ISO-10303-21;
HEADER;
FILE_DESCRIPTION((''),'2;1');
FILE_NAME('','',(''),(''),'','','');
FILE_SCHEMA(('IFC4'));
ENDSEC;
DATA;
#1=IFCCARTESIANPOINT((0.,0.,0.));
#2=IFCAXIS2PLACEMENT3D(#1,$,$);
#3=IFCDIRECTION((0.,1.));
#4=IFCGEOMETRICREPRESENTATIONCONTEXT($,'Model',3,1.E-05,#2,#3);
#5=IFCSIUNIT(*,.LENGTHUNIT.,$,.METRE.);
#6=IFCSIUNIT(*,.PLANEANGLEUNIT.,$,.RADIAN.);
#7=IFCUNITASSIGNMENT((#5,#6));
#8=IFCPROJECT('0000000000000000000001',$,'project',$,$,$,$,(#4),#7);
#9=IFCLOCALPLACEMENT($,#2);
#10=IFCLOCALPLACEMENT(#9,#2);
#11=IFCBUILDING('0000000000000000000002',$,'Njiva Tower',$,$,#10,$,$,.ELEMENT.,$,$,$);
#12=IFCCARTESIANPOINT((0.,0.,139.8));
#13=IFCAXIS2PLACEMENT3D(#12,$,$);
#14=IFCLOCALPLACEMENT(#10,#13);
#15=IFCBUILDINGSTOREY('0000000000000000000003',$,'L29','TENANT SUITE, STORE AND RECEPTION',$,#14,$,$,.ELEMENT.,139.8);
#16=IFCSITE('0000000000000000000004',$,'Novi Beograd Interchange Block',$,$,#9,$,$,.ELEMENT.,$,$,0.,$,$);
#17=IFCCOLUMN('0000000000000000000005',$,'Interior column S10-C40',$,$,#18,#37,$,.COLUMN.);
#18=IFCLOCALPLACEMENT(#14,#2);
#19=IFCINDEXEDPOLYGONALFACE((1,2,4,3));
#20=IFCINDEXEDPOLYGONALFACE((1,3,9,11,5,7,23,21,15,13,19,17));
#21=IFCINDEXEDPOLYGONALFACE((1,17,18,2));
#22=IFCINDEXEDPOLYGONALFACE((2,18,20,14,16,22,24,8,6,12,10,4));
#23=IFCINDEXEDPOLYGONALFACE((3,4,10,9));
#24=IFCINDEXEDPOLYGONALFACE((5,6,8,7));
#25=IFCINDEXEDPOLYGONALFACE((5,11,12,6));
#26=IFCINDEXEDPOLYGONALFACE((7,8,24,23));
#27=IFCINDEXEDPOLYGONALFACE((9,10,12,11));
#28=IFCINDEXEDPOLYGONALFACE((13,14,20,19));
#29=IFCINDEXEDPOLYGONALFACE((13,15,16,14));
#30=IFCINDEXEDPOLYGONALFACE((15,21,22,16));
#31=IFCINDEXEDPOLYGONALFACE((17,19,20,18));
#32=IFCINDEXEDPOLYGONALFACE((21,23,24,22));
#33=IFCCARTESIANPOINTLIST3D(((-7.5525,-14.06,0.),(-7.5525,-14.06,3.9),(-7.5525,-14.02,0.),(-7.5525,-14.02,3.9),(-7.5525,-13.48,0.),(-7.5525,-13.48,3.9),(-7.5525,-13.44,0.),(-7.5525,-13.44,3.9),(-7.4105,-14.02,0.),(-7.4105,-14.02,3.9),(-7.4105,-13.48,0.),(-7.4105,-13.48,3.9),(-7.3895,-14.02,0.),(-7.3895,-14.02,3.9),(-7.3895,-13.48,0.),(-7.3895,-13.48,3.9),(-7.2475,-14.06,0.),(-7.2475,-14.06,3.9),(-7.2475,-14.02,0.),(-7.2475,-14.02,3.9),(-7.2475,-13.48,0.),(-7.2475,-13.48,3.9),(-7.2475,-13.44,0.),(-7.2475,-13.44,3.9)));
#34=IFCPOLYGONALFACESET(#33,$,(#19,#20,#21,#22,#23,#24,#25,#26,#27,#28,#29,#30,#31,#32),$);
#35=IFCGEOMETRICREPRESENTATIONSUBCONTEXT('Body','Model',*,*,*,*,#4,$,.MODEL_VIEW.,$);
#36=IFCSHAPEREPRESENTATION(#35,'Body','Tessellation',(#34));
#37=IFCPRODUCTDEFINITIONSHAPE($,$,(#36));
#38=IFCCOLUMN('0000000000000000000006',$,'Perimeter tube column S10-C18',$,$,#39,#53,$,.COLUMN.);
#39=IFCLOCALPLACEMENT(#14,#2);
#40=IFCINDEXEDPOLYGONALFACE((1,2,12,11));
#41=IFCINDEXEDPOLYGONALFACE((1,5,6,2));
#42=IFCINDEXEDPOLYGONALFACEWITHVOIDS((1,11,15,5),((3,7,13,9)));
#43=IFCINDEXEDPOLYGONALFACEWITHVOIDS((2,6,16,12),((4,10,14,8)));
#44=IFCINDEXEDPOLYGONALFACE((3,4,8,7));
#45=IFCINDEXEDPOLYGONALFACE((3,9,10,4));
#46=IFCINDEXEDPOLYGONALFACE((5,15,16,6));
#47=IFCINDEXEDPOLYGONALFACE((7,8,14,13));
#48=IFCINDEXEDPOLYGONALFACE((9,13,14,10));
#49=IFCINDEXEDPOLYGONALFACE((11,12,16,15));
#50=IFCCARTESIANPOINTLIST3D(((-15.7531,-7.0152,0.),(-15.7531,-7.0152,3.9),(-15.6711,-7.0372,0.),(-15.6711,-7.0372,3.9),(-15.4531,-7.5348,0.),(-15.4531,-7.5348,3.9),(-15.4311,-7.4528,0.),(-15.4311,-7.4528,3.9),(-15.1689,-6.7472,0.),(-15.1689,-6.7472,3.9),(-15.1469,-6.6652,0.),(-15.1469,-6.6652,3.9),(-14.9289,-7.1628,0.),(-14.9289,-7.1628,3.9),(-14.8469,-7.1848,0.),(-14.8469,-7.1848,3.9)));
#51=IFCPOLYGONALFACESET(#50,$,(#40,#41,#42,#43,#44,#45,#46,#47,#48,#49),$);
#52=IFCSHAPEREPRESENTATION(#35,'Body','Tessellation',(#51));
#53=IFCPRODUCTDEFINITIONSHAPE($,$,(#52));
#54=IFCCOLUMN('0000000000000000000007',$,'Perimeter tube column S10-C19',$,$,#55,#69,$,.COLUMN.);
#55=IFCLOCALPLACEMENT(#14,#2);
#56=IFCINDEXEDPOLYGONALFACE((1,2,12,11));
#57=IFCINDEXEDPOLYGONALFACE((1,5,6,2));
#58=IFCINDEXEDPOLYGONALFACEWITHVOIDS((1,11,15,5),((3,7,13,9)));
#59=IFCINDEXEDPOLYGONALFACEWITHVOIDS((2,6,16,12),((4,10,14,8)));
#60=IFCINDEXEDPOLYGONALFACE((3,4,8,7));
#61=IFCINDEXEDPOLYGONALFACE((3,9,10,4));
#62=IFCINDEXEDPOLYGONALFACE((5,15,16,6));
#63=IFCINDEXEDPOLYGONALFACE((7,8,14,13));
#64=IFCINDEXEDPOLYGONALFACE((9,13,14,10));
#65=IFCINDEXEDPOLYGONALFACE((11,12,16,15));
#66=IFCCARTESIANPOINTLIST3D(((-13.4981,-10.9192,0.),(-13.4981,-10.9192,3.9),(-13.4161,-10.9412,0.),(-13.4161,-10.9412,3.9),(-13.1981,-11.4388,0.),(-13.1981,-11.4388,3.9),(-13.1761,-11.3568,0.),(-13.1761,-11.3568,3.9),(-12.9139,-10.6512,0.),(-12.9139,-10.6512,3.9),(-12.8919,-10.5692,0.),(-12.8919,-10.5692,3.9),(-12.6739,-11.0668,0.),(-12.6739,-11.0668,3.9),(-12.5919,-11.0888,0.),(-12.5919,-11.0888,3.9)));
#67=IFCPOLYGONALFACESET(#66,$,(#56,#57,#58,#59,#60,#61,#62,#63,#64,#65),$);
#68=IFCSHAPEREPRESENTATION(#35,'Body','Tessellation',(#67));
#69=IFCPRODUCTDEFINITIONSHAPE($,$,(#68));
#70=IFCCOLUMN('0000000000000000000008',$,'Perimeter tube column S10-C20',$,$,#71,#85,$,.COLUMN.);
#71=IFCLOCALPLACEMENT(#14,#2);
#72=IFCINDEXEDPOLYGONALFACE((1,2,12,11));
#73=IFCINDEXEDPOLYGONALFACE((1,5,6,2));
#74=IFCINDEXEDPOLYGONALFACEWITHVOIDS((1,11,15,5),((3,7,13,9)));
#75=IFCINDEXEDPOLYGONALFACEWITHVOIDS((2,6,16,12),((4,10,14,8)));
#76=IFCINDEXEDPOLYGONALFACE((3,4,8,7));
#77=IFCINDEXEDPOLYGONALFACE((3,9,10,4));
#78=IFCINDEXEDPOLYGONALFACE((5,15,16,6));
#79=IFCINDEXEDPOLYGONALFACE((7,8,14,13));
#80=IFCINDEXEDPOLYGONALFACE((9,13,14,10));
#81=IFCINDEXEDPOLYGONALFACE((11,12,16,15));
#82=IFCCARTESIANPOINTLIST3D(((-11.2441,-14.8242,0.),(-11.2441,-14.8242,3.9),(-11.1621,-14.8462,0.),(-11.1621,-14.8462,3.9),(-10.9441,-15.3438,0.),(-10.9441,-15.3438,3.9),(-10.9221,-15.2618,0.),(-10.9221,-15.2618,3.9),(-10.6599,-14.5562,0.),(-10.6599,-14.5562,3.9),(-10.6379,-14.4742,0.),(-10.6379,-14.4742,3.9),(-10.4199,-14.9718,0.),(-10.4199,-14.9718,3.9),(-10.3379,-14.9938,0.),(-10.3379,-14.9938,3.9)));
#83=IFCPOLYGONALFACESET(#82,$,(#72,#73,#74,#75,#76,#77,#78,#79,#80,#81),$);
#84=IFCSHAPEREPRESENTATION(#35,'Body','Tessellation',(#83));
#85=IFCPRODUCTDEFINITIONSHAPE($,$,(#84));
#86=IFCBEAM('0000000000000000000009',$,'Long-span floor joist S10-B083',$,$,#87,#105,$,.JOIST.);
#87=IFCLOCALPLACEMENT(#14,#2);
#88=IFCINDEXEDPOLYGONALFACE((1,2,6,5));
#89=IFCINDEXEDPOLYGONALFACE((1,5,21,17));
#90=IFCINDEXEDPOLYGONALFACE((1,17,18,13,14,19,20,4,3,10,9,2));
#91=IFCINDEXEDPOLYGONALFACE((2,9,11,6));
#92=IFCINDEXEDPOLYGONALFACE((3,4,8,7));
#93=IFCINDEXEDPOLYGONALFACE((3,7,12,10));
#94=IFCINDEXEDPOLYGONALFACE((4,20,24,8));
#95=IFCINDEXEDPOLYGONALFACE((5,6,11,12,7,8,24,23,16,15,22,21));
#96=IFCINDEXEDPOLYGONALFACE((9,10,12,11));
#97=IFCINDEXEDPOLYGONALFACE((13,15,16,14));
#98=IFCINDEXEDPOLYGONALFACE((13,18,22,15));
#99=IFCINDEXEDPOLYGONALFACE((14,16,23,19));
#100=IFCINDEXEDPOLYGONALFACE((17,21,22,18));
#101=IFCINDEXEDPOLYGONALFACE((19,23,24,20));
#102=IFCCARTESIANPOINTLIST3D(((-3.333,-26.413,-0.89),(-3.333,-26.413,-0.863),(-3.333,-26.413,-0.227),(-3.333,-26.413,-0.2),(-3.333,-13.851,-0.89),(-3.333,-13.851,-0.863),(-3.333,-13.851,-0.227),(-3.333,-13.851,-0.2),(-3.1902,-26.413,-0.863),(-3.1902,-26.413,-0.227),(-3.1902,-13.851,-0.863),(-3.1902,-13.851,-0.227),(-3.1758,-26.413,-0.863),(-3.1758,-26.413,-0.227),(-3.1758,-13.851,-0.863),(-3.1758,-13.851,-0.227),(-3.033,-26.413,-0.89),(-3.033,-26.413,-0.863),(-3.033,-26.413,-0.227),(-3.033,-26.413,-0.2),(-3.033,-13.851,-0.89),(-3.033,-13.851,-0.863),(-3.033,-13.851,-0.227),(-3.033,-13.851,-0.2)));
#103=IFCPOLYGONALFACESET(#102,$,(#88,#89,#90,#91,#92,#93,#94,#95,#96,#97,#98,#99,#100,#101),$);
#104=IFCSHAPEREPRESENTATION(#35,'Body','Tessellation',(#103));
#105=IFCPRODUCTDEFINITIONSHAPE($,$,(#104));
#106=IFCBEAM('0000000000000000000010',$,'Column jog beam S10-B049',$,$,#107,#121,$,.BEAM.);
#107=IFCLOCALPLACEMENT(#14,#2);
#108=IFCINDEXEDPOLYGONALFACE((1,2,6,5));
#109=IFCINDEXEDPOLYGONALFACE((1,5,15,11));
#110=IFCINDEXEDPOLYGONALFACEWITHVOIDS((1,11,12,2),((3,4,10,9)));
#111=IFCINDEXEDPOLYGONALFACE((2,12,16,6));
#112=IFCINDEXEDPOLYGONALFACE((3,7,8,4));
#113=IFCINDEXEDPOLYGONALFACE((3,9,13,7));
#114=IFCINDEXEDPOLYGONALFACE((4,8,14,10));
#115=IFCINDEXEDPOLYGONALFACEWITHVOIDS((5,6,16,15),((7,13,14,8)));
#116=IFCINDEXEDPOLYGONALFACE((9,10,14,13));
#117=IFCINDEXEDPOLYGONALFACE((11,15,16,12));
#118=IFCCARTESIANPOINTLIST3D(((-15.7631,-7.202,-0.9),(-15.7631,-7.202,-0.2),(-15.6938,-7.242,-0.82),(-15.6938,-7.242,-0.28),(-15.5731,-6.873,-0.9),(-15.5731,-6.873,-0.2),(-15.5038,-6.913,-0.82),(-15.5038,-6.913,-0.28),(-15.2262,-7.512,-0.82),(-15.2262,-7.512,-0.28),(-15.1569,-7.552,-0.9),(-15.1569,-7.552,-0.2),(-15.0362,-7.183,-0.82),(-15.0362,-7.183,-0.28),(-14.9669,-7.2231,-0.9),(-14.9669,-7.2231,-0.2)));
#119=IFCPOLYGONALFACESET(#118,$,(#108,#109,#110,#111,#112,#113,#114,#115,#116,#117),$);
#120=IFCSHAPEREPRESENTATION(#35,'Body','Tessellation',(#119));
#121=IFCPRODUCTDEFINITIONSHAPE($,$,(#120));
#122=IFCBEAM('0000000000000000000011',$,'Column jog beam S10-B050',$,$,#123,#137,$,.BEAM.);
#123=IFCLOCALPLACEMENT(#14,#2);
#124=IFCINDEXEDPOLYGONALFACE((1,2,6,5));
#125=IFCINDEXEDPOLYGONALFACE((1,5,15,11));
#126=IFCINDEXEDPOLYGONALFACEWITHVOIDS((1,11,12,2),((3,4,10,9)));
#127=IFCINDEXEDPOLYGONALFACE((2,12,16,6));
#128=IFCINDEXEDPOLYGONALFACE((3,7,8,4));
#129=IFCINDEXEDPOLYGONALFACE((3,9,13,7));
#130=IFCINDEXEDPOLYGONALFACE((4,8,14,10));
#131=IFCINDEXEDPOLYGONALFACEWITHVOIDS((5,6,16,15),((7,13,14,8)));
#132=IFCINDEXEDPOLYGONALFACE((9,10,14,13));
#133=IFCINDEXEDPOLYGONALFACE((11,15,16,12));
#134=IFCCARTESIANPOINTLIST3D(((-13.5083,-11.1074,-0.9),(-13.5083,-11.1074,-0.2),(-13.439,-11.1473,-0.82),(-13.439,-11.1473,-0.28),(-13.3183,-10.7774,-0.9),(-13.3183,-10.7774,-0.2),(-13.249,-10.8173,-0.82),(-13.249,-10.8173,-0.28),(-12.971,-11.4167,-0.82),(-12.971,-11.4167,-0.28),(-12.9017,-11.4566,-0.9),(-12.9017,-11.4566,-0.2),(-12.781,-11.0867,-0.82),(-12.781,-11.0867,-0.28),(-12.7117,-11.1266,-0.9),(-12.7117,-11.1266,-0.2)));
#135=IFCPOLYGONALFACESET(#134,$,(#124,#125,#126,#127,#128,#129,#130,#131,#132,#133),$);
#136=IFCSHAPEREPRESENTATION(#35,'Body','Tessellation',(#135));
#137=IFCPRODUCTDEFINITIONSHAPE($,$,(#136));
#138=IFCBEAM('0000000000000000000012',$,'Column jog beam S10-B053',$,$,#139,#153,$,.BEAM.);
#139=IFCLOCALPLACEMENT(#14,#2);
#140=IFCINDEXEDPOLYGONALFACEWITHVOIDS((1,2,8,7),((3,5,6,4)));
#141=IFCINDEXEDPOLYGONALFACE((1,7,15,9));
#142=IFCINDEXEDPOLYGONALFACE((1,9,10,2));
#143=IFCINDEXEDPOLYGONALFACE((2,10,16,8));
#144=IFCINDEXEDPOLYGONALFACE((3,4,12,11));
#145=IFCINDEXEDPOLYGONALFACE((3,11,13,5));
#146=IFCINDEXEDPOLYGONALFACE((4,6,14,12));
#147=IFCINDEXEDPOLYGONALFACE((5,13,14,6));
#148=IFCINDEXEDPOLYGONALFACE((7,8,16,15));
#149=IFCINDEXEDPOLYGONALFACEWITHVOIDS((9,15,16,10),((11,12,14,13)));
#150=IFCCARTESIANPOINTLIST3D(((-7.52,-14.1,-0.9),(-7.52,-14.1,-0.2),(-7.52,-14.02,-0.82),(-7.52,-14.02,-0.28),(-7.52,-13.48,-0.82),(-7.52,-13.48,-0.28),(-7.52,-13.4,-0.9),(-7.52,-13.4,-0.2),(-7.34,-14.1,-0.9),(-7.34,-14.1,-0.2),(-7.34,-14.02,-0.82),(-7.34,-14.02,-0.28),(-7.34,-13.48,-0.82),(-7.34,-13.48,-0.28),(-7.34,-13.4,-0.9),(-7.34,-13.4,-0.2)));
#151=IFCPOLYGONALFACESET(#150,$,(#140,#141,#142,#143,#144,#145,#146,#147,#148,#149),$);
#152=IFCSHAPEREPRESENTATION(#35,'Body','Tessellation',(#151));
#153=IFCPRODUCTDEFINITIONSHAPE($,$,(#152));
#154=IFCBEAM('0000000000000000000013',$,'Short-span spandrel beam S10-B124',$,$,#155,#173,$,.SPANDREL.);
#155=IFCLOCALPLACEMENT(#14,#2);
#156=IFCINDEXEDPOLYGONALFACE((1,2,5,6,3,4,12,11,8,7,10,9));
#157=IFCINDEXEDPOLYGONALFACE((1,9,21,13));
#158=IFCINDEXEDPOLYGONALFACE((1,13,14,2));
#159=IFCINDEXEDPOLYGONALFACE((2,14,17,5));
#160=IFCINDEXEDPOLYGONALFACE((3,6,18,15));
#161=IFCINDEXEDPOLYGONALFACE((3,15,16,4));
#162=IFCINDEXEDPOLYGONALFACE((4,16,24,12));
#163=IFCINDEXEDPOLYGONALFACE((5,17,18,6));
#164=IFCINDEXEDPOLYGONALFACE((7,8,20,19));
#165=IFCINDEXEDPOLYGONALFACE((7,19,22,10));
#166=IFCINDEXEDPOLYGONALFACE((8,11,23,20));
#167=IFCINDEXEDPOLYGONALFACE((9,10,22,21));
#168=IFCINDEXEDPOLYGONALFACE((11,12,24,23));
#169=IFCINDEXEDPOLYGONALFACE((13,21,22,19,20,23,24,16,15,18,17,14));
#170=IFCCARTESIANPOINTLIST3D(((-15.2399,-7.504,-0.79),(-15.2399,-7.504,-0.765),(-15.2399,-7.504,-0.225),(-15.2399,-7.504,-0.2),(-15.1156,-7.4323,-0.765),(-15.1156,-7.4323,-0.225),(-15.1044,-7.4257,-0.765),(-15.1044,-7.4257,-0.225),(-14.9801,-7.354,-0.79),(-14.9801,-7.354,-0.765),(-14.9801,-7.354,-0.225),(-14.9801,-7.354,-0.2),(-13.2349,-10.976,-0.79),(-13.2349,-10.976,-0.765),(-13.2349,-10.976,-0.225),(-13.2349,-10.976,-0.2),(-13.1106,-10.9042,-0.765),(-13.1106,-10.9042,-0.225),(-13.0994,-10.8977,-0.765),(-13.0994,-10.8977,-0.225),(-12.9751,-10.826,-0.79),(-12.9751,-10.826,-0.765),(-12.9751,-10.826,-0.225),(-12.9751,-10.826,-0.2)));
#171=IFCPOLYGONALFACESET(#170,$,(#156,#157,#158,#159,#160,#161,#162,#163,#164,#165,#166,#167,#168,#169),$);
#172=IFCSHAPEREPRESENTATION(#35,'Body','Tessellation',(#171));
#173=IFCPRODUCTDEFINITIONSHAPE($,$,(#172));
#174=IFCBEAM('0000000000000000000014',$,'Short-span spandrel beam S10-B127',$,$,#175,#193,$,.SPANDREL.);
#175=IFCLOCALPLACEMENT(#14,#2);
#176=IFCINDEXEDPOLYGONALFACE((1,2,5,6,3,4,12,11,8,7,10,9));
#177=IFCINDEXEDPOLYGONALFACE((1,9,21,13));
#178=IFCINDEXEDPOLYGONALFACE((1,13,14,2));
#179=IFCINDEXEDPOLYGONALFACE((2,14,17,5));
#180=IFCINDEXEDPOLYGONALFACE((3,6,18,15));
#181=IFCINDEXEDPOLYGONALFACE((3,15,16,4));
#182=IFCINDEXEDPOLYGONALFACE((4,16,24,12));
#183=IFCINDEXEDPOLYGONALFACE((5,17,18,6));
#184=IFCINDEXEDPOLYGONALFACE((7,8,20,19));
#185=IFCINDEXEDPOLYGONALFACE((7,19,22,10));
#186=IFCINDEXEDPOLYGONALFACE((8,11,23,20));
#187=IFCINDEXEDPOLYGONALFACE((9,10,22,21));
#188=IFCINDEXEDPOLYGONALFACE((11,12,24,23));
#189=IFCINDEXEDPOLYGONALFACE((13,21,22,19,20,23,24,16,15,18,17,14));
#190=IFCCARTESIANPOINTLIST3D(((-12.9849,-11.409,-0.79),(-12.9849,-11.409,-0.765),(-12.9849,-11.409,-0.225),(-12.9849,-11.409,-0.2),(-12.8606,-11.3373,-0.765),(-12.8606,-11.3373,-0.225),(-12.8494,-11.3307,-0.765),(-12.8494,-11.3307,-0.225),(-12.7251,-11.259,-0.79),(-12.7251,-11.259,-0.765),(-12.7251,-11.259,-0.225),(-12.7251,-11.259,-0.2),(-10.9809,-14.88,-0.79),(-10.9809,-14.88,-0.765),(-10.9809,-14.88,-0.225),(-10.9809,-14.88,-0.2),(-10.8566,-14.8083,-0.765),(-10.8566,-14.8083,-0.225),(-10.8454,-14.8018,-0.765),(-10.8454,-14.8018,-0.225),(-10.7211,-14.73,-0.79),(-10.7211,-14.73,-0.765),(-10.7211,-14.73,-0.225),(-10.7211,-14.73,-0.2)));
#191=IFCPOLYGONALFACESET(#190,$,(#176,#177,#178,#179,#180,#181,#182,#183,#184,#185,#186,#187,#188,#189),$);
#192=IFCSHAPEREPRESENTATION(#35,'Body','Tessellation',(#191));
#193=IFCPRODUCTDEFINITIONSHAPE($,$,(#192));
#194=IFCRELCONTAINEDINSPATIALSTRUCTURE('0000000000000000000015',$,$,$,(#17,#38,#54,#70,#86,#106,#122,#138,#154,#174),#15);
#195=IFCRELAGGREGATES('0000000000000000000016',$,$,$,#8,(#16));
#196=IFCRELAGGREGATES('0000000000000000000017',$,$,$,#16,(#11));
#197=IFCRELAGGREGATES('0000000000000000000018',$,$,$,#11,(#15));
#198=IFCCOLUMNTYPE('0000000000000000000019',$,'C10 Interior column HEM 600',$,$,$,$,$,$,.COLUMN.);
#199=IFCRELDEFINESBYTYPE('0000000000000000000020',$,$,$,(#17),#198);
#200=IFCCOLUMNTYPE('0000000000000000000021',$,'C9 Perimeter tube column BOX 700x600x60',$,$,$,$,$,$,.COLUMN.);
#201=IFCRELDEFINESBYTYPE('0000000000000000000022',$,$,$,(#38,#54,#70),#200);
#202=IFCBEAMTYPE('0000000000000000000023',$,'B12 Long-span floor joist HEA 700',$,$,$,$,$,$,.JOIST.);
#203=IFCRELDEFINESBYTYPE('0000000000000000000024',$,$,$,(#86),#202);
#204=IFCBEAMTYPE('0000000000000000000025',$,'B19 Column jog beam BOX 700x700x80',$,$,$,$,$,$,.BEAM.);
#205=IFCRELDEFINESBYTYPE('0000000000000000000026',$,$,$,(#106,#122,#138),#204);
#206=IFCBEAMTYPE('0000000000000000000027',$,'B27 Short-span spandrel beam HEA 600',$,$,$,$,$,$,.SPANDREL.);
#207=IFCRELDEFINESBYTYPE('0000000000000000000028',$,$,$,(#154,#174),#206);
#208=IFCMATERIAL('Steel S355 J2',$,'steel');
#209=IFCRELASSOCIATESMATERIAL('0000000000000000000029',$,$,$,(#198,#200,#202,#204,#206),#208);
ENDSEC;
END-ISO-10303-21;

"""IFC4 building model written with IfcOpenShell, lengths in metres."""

from ifc_helpers import new_model, si_unit, direction, frame, origin, origin_2d, place, context, subcontext, project, spatial, hollow_rectangle, i_section, extrude, material, material_profile, profile_set, type_object, element, save


model = new_model("IFC4")

# Units and contexts
model_context = context("Model", 3, precision=1e-05, world=origin(), true_north=direction((0.0, 1.0)))
body_context = subcontext(model_context, "Body", "Model", "MODEL_VIEW")
ifc_project = project(units=[si_unit("LENGTHUNIT", "METRE"), si_unit("PLANEANGLEUNIT", "RADIAN")], contexts=[model_context])

# Site, building, storey
site_placement = place(None, origin())
site = spatial("IfcSite", under=ifc_project, at=site_placement, Name="Novi Beograd Interchange Block", CompositionType="ELEMENT", RefElevation=0.0)
building_placement = place(site_placement, origin())
building = spatial("IfcBuilding", under=site, at=building_placement, Name="Njiva Tower", CompositionType="ELEMENT")
storey_placement = place(building_placement, frame((0.0, 0.0, 139.8)))
storey = spatial("IfcBuildingStorey", under=building, at=storey_placement, Name="L29", Description="TENANT SUITE, STORE AND RECEPTION", CompositionType="ELEMENT", Elevation=139.8)

# Columns
ifc_material_1 = material(Name="Steel S355 J2", Category="steel")
ifc_material_profile_1 = material_profile(ifc_material_1, i_section(OverallWidth=0.305, OverallDepth=0.62, WebThickness=0.021, FlangeThickness=0.04, at=origin_2d()), Name="HEM 600")
ifc_profile_set_1 = profile_set([ifc_material_profile_1], Name="Steel S355 J2")
column_type_1 = type_object("IfcColumnType", Name="C10 Interior column HEM 600", PredefinedType="COLUMN", material=ifc_profile_set_1)
column_placement = place(storey_placement, frame((-7.4, -13.75, 0.0), z_axis=(0.0, 0.0, 1.0), x_axis=(1.0, 0.0, 0.0)))
element("IfcColumn", 1, at=column_placement, inside=storey, type_object=column_type_1, Name="Interior column S10-C40", PredefinedType="COLUMN", context=body_context, shape_type="SweptSolid", body=[
    extrude(i_section(OverallWidth=0.305, OverallDepth=0.62, WebThickness=0.021, FlangeThickness=0.04, at=origin_2d()), origin(), (0.0, 0.0, 1.0), 3.9),
])
ifc_material_profile_2 = material_profile(ifc_material_1, hollow_rectangle(XDim=0.6, YDim=0.7, WallThickness=0.06, at=origin_2d()), Name="BOX 700x600x60")
ifc_profile_set_2 = profile_set([ifc_material_profile_2], Name="Steel S355 J2")
column_type_2 = type_object("IfcColumnType", Name="C9 Perimeter tube column BOX 700x600x60", PredefinedType="COLUMN", material=ifc_profile_set_2)
for number, where, z_axis, x_axis, name in (
    (2, (-15.3, -7.1, 0.0), (0.0, 0.0, 1.0), (0.5, -0.866025, 0.0), "Perimeter tube column S10-C18"),
    (3, (-13.045, -11.004, 0.0), (0.0, 0.0, 1.0), (0.5, -0.866025, 0.0), "Perimeter tube column S10-C19"),
    (4, (-10.791, -14.909, 0.0), (0.0, 0.0, 1.0), (0.5, -0.866025, 0.0), "Perimeter tube column S10-C20"),
):
    element("IfcColumn", number, at=place(storey_placement, frame(where, z_axis=z_axis, x_axis=x_axis)), inside=storey, type_object=column_type_2, Name=name, PredefinedType="COLUMN", context=body_context, shape_type="SweptSolid", body=[
        extrude(hollow_rectangle(XDim=0.6, YDim=0.7, WallThickness=0.06, at=origin_2d()), origin(), (0.0, 0.0, 1.0), 3.9),
    ])

# Beams
ifc_material_profile_3 = material_profile(ifc_material_1, i_section(OverallWidth=0.3, OverallDepth=0.69, WebThickness=0.0145, FlangeThickness=0.027, at=origin_2d()), Name="HEA 700")
ifc_profile_set_3 = profile_set([ifc_material_profile_3], Name="Steel S355 J2")
beam_type_1 = type_object("IfcBeamType", Name="B12 Long-span floor joist HEA 700", PredefinedType="JOIST", material=ifc_profile_set_3)
beam_1_placement = place(storey_placement, frame((-3.183, -13.851, -0.545), z_axis=(0.0, -1.0, 0.0), x_axis=(1.0, 0.0, 0.0)))
element("IfcBeam", 5, at=beam_1_placement, inside=storey, type_object=beam_type_1, Name="Long-span floor joist S10-B083", PredefinedType="JOIST", context=body_context, shape_type="SweptSolid", body=[
    extrude(i_section(OverallWidth=0.3, OverallDepth=0.69, WebThickness=0.0145, FlangeThickness=0.027, at=origin_2d()), origin(), (0.0, 0.0, 1.0), 12.562),
])
ifc_material_profile_4 = material_profile(ifc_material_1, hollow_rectangle(XDim=0.7, YDim=0.7, WallThickness=0.08, at=origin_2d()), Name="BOX 700x700x80")
ifc_profile_set_4 = profile_set([ifc_material_profile_4], Name="Steel S355 J2")
beam_type_2 = type_object("IfcBeamType", Name="B19 Column jog beam BOX 700x700x80", PredefinedType="BEAM", material=ifc_profile_set_4)
beam_2_placement = place(storey_placement, frame((-15.46, -7.377, -0.55), z_axis=(0.500102, 0.865966, 0.0), x_axis=(-0.865966, 0.500102, 0.0)))
element("IfcBeam", 6, at=beam_2_placement, inside=storey, type_object=beam_type_2, Name="Column jog beam S10-B049", PredefinedType="BEAM", context=body_context, shape_type="SweptSolid", body=[
    extrude(hollow_rectangle(XDim=0.7, YDim=0.7, WallThickness=0.08, at=origin_2d()), origin(), (0.0, 0.0, 1.0), 0.3799),
])
beam_3_placement = place(storey_placement, frame((-13.205, -11.282, -0.55), z_axis=(0.498964, 0.866622, 0.0), x_axis=(-0.866622, 0.498964, 0.0)))
element("IfcBeam", 7, at=beam_3_placement, inside=storey, type_object=beam_type_2, Name="Column jog beam S10-B050", PredefinedType="BEAM", context=body_context, shape_type="SweptSolid", body=[
    extrude(hollow_rectangle(XDim=0.7, YDim=0.7, WallThickness=0.08, at=origin_2d()), origin(), (0.0, 0.0, 1.0), 0.3808),
])
beam_4_placement = place(storey_placement, frame((-7.52, -13.75, -0.55), z_axis=(1.0, 0.0, 0.0), x_axis=(0.0, 1.0, 0.0)))
element("IfcBeam", 8, at=beam_4_placement, inside=storey, type_object=beam_type_2, Name="Column jog beam S10-B053", PredefinedType="BEAM", context=body_context, shape_type="SweptSolid", body=[
    extrude(hollow_rectangle(XDim=0.7, YDim=0.7, WallThickness=0.08, at=origin_2d()), origin(), (0.0, 0.0, 1.0), 0.18),
])
ifc_material_profile_5 = material_profile(ifc_material_1, i_section(OverallWidth=0.3, OverallDepth=0.59, WebThickness=0.013, FlangeThickness=0.025, at=origin_2d()), Name="HEA 600")
ifc_profile_set_5 = profile_set([ifc_material_profile_5], Name="Steel S355 J2")
beam_type_3 = type_object("IfcBeamType", Name="B27 Short-span spandrel beam HEA 600", PredefinedType="SPANDREL", material=ifc_profile_set_5)
beam_5_placement = place(storey_placement, frame((-15.11, -7.429, -0.495), z_axis=(0.500082, -0.865978, 0.0), x_axis=(0.865978, 0.500082, 0.0)))
element("IfcBeam", 9, at=beam_5_placement, inside=storey, type_object=beam_type_3, Name="Short-span spandrel beam S10-B124", PredefinedType="SPANDREL", context=body_context, shape_type="SweptSolid", body=[
    extrude(i_section(OverallWidth=0.3, OverallDepth=0.59, WebThickness=0.013, FlangeThickness=0.025, at=origin_2d()), origin(), (0.0, 0.0, 1.0), 4.0093),
])
beam_6_placement = place(storey_placement, frame((-12.855, -11.334, -0.495), z_axis=(0.500003, -0.866024, 0.0), x_axis=(0.866024, 0.500003, 0.0)))
element("IfcBeam", 10, at=beam_6_placement, inside=storey, type_object=beam_type_3, Name="Short-span spandrel beam S10-B127", PredefinedType="SPANDREL", context=body_context, shape_type="SweptSolid", body=[
    extrude(i_section(OverallWidth=0.3, OverallDepth=0.59, WebThickness=0.013, FlangeThickness=0.025, at=origin_2d()), origin(), (0.0, 0.0, 1.0), 4.008),
])

save(model, "model.ifc")
